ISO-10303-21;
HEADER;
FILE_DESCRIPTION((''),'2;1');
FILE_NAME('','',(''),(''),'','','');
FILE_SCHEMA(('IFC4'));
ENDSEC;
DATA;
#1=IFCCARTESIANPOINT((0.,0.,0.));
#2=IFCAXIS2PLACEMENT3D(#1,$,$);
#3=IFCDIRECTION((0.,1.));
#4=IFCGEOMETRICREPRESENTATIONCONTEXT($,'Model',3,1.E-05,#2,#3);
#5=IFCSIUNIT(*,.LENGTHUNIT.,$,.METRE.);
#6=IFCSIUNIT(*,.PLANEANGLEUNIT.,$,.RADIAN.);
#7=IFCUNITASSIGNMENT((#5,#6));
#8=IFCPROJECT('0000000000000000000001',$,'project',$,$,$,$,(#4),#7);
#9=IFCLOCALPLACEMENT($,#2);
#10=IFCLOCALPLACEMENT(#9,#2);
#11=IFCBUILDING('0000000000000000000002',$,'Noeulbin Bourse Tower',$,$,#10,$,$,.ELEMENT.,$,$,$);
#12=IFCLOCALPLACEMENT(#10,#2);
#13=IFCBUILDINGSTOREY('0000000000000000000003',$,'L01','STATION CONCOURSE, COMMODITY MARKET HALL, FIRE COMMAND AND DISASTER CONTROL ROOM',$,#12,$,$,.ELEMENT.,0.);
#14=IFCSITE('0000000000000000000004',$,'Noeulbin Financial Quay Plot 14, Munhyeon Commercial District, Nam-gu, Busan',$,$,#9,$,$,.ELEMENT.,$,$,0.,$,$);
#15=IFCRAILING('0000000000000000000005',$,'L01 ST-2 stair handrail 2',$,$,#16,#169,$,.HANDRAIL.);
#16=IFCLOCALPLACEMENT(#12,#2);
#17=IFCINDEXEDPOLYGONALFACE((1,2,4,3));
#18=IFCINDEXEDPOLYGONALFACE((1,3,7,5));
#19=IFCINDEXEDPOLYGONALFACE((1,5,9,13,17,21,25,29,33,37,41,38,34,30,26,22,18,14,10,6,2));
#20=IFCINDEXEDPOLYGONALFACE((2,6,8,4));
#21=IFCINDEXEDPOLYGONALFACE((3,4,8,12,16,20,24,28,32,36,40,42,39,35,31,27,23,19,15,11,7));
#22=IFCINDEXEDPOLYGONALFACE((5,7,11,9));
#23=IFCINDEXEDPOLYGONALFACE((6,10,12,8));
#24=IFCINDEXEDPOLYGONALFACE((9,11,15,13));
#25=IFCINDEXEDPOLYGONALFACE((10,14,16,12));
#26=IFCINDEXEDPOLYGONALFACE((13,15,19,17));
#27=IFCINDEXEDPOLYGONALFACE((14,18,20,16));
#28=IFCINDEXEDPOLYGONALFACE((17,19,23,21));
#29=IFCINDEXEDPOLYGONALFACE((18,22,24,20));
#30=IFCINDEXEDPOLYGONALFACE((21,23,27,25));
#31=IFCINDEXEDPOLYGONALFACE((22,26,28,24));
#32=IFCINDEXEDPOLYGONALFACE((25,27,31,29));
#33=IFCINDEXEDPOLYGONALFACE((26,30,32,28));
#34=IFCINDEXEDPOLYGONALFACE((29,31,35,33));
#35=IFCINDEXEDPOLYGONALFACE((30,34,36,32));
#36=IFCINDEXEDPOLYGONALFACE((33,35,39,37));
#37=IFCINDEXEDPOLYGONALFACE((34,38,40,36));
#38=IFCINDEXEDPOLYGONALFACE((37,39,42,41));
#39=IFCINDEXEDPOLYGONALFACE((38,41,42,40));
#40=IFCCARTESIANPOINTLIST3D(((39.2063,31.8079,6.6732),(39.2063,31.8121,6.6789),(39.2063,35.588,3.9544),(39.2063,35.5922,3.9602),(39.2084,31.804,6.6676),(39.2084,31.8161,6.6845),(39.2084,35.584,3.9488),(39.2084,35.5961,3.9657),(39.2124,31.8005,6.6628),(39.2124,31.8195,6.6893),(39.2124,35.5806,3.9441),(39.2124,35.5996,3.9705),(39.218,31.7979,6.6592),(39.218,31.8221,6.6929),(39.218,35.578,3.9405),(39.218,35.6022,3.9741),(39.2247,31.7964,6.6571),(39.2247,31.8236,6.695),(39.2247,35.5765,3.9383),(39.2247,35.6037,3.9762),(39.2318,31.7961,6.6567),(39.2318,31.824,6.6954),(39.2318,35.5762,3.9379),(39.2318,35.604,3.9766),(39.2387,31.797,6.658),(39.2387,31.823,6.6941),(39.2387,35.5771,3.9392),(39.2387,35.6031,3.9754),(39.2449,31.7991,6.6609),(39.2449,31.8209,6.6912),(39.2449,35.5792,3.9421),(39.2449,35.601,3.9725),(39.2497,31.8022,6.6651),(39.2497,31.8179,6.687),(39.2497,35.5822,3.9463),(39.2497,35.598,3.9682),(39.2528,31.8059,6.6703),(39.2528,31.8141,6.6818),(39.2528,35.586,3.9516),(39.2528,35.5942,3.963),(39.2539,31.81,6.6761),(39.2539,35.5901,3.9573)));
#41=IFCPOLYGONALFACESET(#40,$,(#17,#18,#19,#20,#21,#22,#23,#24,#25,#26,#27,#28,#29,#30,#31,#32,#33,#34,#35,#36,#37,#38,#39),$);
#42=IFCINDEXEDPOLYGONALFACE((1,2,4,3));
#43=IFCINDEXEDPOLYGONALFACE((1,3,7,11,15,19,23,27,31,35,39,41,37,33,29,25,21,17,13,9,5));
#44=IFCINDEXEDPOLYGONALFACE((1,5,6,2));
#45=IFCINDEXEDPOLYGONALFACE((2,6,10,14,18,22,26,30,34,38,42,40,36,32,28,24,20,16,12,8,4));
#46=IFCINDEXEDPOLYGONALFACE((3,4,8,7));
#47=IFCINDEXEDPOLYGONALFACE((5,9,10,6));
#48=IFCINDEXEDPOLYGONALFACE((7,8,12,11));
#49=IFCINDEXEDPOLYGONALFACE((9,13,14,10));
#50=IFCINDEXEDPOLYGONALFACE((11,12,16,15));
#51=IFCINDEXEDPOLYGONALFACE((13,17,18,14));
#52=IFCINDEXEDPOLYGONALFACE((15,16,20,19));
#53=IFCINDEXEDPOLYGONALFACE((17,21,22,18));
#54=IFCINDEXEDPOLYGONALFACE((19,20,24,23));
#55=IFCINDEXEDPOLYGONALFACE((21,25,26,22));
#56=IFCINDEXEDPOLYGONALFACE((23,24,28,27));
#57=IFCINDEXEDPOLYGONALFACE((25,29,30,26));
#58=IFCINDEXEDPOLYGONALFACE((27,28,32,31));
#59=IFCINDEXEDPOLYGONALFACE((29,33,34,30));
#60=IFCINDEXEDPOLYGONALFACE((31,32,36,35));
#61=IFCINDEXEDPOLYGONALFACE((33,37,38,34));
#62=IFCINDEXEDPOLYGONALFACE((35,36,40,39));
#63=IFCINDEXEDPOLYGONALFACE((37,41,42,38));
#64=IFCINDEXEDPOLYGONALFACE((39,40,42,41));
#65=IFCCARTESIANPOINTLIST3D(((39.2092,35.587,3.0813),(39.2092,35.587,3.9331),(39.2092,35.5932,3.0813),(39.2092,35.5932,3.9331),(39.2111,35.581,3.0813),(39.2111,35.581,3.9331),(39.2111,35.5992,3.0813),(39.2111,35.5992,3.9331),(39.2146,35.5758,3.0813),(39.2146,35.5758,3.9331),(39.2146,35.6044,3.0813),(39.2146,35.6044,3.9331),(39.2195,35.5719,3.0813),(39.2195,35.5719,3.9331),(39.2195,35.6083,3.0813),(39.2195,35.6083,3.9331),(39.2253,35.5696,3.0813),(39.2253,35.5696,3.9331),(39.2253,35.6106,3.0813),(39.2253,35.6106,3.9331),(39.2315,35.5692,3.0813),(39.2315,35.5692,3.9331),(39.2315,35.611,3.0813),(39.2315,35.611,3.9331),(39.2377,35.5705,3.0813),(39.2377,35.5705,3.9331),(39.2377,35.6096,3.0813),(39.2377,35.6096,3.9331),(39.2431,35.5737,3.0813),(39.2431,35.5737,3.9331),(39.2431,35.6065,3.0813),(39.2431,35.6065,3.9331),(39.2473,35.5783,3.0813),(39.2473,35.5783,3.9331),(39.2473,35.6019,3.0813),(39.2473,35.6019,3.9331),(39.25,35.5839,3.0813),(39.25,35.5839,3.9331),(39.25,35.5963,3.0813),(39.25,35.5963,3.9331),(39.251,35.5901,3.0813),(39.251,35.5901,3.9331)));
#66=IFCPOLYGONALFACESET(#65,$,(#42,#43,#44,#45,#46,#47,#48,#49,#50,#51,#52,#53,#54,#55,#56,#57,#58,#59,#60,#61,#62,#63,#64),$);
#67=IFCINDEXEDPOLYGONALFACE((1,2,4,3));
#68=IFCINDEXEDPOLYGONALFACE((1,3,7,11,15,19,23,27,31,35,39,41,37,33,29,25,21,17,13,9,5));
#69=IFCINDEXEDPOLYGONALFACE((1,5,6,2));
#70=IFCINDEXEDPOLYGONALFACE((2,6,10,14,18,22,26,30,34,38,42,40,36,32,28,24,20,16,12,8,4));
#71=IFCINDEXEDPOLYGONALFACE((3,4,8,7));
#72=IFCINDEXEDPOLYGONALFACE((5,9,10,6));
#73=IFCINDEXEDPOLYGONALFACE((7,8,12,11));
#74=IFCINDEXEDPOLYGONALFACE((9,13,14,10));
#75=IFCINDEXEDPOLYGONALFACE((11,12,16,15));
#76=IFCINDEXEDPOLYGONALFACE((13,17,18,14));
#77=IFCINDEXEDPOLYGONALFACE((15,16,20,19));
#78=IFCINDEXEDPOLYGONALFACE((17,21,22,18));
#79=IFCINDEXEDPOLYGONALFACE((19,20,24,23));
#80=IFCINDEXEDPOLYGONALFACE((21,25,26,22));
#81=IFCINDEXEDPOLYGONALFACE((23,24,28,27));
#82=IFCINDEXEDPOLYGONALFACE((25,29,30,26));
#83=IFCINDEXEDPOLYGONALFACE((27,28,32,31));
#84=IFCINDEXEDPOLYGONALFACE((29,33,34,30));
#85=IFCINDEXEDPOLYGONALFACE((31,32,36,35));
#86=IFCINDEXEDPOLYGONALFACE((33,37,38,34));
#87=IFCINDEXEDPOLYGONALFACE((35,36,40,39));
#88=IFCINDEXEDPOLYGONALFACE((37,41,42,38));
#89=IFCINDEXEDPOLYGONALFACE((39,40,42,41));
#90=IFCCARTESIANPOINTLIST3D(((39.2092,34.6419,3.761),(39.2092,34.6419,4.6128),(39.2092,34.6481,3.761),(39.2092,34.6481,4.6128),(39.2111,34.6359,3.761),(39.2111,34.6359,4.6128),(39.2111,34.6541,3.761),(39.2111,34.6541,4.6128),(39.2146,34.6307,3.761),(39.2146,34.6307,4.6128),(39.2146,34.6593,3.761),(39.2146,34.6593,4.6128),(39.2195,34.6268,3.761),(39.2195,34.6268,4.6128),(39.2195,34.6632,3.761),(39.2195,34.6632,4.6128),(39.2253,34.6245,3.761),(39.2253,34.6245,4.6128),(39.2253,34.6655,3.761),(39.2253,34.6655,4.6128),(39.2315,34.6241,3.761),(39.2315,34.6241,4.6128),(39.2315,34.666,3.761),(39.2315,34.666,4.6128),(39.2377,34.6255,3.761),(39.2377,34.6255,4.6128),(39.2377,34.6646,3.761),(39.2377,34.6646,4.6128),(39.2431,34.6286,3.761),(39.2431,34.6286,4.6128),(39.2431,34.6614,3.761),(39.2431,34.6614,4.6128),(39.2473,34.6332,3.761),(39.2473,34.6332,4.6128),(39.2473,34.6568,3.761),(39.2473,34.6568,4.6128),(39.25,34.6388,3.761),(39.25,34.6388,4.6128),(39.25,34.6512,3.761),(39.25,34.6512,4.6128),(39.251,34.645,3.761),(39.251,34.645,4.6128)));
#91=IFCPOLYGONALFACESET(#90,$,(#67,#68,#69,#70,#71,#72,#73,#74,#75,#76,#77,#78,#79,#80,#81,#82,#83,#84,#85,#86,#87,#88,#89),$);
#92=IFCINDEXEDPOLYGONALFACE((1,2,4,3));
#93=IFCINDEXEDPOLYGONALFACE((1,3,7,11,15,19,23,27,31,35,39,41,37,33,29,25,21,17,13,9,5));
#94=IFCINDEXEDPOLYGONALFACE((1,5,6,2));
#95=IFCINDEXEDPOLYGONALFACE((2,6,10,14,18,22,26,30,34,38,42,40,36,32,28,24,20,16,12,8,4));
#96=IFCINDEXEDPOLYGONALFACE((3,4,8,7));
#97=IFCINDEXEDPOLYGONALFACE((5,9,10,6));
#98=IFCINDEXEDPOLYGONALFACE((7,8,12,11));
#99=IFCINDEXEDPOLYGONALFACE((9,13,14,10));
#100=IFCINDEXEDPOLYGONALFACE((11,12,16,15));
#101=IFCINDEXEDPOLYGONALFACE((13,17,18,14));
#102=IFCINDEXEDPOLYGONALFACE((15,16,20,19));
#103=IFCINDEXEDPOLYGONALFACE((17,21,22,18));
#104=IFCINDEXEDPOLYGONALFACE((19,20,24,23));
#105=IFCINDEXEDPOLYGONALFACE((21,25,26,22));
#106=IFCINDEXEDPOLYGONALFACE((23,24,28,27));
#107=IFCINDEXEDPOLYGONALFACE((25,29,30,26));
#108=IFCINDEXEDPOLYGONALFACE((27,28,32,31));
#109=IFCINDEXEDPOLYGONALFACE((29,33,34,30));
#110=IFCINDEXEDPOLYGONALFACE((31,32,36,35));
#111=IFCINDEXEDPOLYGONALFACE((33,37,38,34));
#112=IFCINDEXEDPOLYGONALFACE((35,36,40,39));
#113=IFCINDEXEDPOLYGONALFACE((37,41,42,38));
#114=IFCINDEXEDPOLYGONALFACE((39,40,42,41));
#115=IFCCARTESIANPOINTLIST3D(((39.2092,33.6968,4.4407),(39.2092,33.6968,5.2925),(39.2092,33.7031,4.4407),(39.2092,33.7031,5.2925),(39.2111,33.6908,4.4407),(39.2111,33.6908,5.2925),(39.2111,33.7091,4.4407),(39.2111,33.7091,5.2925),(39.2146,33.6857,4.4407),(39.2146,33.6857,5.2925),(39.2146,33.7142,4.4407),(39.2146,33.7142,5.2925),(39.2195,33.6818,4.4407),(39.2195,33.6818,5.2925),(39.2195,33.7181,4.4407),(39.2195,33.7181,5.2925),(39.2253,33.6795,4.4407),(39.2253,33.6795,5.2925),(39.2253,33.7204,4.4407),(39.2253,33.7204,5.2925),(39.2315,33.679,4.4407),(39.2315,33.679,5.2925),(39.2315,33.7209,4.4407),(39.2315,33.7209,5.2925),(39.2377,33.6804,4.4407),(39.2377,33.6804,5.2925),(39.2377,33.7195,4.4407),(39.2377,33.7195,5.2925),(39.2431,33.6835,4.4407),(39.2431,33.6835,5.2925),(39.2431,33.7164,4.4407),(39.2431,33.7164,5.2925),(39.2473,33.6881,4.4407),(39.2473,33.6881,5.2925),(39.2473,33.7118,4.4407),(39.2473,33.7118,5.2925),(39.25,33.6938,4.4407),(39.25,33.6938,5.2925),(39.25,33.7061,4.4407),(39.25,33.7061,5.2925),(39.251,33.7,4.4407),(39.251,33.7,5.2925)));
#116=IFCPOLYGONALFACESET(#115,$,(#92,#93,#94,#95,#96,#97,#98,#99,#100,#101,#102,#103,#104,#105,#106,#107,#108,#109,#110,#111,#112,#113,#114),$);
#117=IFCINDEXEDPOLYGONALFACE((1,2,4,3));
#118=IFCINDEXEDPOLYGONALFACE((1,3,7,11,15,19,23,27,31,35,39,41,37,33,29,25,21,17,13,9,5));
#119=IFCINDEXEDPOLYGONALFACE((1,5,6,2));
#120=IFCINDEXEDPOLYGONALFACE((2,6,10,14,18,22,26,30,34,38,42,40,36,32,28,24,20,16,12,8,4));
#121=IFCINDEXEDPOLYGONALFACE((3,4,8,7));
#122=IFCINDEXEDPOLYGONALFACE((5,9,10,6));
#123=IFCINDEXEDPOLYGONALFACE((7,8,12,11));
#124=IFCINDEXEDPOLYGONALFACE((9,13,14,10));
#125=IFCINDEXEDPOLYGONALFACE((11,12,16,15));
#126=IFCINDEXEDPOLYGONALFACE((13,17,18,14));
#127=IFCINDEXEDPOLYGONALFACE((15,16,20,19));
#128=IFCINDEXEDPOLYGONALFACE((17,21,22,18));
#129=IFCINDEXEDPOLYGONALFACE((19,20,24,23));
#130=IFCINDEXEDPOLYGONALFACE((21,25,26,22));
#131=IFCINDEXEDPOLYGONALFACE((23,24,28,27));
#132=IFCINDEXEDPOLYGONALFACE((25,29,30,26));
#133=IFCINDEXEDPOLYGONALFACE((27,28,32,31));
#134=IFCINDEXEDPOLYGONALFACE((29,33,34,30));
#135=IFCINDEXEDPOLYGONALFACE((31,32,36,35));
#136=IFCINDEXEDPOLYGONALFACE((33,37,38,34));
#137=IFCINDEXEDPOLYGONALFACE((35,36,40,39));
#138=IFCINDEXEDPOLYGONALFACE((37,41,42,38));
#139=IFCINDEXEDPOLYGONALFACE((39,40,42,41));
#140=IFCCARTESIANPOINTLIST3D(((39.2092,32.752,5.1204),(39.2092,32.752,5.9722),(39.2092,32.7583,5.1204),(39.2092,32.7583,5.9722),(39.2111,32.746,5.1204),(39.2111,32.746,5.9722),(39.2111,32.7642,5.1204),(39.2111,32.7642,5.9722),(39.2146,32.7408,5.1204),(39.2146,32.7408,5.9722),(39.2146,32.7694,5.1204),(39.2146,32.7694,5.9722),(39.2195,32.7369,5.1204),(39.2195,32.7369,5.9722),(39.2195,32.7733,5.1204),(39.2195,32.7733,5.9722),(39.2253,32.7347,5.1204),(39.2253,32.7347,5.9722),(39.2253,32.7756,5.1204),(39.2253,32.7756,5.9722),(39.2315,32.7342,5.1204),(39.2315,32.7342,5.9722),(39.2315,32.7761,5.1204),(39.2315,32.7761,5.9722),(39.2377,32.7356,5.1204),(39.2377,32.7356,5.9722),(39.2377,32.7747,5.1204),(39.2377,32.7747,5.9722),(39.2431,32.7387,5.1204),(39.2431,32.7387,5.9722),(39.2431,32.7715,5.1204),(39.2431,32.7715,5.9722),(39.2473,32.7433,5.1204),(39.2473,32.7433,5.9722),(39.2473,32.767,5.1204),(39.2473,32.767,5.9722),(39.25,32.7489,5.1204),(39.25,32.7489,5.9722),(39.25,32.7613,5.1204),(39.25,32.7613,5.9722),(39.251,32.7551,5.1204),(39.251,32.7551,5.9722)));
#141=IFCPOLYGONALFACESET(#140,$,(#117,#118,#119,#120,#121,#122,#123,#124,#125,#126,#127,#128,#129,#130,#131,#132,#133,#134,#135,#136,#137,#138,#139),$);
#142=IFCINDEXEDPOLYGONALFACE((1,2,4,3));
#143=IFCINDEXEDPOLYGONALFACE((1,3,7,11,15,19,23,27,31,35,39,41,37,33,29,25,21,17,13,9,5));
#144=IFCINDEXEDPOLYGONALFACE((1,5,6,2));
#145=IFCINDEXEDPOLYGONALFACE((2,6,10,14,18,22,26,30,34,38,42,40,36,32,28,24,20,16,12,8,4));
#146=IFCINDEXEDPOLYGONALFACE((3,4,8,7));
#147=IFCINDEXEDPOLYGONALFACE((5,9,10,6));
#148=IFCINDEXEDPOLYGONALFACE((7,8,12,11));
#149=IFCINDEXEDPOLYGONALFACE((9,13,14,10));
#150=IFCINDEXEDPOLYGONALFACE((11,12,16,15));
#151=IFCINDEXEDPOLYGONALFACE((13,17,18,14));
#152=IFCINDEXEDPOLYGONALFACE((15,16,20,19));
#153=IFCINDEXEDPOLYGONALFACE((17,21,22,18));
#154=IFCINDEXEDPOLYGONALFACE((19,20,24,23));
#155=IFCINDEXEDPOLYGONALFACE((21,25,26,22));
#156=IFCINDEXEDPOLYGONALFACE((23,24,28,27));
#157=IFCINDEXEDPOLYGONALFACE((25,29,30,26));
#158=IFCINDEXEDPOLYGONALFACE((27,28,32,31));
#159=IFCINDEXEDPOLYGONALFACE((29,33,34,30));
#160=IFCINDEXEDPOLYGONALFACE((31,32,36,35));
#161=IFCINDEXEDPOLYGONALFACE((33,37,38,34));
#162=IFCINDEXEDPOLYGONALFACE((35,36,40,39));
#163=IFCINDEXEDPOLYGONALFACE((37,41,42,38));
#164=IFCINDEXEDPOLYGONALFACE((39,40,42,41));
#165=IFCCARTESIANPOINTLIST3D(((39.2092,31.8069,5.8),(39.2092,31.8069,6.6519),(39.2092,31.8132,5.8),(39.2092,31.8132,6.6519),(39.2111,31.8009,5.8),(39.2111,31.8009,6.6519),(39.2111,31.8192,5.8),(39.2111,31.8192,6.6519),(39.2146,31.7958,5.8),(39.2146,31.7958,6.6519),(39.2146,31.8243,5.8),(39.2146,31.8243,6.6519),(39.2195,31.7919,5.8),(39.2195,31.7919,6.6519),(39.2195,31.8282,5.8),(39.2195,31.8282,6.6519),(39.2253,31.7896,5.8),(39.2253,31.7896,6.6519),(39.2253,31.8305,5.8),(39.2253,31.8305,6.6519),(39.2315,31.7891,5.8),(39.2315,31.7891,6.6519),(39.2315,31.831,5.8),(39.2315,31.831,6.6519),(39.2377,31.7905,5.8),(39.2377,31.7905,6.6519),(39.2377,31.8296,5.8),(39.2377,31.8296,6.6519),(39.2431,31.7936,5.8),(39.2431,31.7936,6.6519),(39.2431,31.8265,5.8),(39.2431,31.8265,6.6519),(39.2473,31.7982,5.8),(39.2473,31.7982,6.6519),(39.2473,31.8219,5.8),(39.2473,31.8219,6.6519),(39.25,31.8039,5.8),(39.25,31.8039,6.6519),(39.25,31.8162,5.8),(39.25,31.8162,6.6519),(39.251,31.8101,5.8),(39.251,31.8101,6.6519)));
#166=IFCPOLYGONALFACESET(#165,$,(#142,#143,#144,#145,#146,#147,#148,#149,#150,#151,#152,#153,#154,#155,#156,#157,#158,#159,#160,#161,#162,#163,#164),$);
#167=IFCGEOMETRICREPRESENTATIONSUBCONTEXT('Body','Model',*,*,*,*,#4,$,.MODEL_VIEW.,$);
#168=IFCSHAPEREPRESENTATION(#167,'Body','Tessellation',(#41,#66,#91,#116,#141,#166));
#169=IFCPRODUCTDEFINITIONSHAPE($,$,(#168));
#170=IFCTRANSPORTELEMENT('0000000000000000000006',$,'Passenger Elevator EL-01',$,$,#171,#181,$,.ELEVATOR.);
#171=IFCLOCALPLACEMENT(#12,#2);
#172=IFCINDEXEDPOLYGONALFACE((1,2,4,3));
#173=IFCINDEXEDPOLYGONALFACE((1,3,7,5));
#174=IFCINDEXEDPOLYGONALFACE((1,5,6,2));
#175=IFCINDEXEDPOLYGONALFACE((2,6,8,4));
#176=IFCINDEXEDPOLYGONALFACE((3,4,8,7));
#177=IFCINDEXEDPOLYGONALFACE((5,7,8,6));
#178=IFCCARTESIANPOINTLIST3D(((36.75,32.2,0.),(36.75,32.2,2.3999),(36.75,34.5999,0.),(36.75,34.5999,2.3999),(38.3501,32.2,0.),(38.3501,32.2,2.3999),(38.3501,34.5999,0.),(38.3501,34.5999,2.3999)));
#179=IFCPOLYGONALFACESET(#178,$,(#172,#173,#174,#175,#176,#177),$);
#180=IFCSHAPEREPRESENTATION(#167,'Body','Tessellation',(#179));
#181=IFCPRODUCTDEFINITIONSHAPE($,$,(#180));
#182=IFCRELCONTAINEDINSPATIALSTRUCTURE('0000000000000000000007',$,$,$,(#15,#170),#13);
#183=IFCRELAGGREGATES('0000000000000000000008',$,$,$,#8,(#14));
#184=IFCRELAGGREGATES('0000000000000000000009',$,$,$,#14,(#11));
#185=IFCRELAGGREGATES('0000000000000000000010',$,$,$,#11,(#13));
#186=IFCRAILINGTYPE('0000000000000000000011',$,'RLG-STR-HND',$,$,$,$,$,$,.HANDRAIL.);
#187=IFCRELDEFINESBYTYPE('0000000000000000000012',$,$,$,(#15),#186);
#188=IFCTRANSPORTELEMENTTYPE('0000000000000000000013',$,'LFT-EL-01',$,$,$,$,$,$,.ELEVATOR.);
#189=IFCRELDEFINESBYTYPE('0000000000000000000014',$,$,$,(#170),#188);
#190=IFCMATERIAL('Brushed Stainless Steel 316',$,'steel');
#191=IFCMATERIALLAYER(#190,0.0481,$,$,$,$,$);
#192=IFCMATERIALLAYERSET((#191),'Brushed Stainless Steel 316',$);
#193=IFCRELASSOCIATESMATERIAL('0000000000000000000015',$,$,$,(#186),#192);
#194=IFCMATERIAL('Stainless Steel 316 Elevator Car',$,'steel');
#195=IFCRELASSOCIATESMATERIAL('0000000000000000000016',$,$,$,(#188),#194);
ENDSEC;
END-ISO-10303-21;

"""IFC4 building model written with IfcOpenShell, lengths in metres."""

from ifc_helpers import new_model, si_unit, direction, frame, origin, origin_2d, place, context, subcontext, project, spatial, rectangle, circle, extrude, material, layer, layer_set, type_object, element, save


model = new_model("IFC4")

# Units and contexts
model_context = context("Model", 3, precision=1e-05, world=origin(), true_north=direction((0.0, 1.0)))
body_context = subcontext(model_context, "Body", "Model", "MODEL_VIEW")
ifc_project = project(units=[si_unit("LENGTHUNIT", "METRE"), si_unit("PLANEANGLEUNIT", "RADIAN")], contexts=[model_context])

# Site, building, storey
site_placement = place(None, origin())
site = spatial("IfcSite", under=ifc_project, at=site_placement, Name="Noeulbin Financial Quay Plot 14, Munhyeon Commercial District, Nam-gu, Busan", CompositionType="ELEMENT", RefElevation=0.0)
building_placement = place(site_placement, origin())
building = spatial("IfcBuilding", under=site, at=building_placement, Name="Noeulbin Bourse Tower", CompositionType="ELEMENT")
storey_placement = place(building_placement, origin())
storey = spatial("IfcBuildingStorey", under=building, at=storey_placement, Name="L01", Description="STATION CONCOURSE, COMMODITY MARKET HALL, FIRE COMMAND AND DISASTER CONTROL ROOM", CompositionType="ELEMENT", Elevation=0.0)

# Railing
ifc_material_1 = material(Name="Brushed Stainless Steel 316", Category="steel")
ifc_layer_1 = layer(ifc_material_1, 0.0481)
ifc_layer_set_1 = layer_set([ifc_layer_1], Name="Brushed Stainless Steel 316")
railing_type_1 = type_object("IfcRailingType", Name="RLG-STR-HND", PredefinedType="HANDRAIL", material=ifc_layer_set_1)
railing_1_placement = place(storey_placement, frame((39.23, 35.5901, 3.0813)))
element("IfcRailing", 1, at=railing_1_placement, inside=storey, type_object=railing_type_1, Name="L01 ST-2 stair handrail 2", PredefinedType="HANDRAIL", context=body_context, shape_type="SweptSolid", body=[
    extrude(circle(Radius=0.0239, at=origin_2d()), frame((0.0, 0.0, 0.876), z_axis=(0.0, -0.811827, 0.583899), x_axis=(1.0, 0.0, 0.0)), (0.0, 0.0, 1.0), 4.6562),
    extrude(circle(Radius=0.021, at=origin_2d()), origin(), (0.0, 0.0, 1.0), 0.8518),
    extrude(circle(Radius=0.021, at=origin_2d()), frame((0.0, -0.9451, 0.6797)), (0.0, 0.0, 1.0), 0.8518),
    extrude(circle(Radius=0.021, at=origin_2d()), frame((0.0, -1.8901, 1.3594)), (0.0, 0.0, 1.0), 0.8518),
    extrude(circle(Radius=0.021, at=origin_2d()), frame((0.0, -2.835, 2.0391)), (0.0, 0.0, 1.0), 0.8518),
    extrude(circle(Radius=0.021, at=origin_2d()), frame((0.0, -3.78, 2.7188)), (0.0, 0.0, 1.0), 0.8518),
])

# Transport element
ifc_material_2 = material(Name="Stainless Steel 316 Elevator Car", Category="steel")
transport_element_type = type_object("IfcTransportElementType", Name="LFT-EL-01", PredefinedType="ELEVATOR", material=ifc_material_2)
transport_element_placement = place(storey_placement, frame((37.55, 33.3999, 0.0), z_axis=(0.0, 0.0, 1.0), x_axis=(1.0, 0.0, 0.0)))
element("IfcTransportElement", 2, at=transport_element_placement, inside=storey, type_object=transport_element_type, Name="Passenger Elevator EL-01", PredefinedType="ELEVATOR", context=body_context, shape_type="SweptSolid", body=[
    extrude(rectangle(XDim=1.6001, YDim=2.3999, at=origin_2d()), origin(), (0.0, 0.0, 1.0), 2.3999),
])

save(model, "model.ifc")
